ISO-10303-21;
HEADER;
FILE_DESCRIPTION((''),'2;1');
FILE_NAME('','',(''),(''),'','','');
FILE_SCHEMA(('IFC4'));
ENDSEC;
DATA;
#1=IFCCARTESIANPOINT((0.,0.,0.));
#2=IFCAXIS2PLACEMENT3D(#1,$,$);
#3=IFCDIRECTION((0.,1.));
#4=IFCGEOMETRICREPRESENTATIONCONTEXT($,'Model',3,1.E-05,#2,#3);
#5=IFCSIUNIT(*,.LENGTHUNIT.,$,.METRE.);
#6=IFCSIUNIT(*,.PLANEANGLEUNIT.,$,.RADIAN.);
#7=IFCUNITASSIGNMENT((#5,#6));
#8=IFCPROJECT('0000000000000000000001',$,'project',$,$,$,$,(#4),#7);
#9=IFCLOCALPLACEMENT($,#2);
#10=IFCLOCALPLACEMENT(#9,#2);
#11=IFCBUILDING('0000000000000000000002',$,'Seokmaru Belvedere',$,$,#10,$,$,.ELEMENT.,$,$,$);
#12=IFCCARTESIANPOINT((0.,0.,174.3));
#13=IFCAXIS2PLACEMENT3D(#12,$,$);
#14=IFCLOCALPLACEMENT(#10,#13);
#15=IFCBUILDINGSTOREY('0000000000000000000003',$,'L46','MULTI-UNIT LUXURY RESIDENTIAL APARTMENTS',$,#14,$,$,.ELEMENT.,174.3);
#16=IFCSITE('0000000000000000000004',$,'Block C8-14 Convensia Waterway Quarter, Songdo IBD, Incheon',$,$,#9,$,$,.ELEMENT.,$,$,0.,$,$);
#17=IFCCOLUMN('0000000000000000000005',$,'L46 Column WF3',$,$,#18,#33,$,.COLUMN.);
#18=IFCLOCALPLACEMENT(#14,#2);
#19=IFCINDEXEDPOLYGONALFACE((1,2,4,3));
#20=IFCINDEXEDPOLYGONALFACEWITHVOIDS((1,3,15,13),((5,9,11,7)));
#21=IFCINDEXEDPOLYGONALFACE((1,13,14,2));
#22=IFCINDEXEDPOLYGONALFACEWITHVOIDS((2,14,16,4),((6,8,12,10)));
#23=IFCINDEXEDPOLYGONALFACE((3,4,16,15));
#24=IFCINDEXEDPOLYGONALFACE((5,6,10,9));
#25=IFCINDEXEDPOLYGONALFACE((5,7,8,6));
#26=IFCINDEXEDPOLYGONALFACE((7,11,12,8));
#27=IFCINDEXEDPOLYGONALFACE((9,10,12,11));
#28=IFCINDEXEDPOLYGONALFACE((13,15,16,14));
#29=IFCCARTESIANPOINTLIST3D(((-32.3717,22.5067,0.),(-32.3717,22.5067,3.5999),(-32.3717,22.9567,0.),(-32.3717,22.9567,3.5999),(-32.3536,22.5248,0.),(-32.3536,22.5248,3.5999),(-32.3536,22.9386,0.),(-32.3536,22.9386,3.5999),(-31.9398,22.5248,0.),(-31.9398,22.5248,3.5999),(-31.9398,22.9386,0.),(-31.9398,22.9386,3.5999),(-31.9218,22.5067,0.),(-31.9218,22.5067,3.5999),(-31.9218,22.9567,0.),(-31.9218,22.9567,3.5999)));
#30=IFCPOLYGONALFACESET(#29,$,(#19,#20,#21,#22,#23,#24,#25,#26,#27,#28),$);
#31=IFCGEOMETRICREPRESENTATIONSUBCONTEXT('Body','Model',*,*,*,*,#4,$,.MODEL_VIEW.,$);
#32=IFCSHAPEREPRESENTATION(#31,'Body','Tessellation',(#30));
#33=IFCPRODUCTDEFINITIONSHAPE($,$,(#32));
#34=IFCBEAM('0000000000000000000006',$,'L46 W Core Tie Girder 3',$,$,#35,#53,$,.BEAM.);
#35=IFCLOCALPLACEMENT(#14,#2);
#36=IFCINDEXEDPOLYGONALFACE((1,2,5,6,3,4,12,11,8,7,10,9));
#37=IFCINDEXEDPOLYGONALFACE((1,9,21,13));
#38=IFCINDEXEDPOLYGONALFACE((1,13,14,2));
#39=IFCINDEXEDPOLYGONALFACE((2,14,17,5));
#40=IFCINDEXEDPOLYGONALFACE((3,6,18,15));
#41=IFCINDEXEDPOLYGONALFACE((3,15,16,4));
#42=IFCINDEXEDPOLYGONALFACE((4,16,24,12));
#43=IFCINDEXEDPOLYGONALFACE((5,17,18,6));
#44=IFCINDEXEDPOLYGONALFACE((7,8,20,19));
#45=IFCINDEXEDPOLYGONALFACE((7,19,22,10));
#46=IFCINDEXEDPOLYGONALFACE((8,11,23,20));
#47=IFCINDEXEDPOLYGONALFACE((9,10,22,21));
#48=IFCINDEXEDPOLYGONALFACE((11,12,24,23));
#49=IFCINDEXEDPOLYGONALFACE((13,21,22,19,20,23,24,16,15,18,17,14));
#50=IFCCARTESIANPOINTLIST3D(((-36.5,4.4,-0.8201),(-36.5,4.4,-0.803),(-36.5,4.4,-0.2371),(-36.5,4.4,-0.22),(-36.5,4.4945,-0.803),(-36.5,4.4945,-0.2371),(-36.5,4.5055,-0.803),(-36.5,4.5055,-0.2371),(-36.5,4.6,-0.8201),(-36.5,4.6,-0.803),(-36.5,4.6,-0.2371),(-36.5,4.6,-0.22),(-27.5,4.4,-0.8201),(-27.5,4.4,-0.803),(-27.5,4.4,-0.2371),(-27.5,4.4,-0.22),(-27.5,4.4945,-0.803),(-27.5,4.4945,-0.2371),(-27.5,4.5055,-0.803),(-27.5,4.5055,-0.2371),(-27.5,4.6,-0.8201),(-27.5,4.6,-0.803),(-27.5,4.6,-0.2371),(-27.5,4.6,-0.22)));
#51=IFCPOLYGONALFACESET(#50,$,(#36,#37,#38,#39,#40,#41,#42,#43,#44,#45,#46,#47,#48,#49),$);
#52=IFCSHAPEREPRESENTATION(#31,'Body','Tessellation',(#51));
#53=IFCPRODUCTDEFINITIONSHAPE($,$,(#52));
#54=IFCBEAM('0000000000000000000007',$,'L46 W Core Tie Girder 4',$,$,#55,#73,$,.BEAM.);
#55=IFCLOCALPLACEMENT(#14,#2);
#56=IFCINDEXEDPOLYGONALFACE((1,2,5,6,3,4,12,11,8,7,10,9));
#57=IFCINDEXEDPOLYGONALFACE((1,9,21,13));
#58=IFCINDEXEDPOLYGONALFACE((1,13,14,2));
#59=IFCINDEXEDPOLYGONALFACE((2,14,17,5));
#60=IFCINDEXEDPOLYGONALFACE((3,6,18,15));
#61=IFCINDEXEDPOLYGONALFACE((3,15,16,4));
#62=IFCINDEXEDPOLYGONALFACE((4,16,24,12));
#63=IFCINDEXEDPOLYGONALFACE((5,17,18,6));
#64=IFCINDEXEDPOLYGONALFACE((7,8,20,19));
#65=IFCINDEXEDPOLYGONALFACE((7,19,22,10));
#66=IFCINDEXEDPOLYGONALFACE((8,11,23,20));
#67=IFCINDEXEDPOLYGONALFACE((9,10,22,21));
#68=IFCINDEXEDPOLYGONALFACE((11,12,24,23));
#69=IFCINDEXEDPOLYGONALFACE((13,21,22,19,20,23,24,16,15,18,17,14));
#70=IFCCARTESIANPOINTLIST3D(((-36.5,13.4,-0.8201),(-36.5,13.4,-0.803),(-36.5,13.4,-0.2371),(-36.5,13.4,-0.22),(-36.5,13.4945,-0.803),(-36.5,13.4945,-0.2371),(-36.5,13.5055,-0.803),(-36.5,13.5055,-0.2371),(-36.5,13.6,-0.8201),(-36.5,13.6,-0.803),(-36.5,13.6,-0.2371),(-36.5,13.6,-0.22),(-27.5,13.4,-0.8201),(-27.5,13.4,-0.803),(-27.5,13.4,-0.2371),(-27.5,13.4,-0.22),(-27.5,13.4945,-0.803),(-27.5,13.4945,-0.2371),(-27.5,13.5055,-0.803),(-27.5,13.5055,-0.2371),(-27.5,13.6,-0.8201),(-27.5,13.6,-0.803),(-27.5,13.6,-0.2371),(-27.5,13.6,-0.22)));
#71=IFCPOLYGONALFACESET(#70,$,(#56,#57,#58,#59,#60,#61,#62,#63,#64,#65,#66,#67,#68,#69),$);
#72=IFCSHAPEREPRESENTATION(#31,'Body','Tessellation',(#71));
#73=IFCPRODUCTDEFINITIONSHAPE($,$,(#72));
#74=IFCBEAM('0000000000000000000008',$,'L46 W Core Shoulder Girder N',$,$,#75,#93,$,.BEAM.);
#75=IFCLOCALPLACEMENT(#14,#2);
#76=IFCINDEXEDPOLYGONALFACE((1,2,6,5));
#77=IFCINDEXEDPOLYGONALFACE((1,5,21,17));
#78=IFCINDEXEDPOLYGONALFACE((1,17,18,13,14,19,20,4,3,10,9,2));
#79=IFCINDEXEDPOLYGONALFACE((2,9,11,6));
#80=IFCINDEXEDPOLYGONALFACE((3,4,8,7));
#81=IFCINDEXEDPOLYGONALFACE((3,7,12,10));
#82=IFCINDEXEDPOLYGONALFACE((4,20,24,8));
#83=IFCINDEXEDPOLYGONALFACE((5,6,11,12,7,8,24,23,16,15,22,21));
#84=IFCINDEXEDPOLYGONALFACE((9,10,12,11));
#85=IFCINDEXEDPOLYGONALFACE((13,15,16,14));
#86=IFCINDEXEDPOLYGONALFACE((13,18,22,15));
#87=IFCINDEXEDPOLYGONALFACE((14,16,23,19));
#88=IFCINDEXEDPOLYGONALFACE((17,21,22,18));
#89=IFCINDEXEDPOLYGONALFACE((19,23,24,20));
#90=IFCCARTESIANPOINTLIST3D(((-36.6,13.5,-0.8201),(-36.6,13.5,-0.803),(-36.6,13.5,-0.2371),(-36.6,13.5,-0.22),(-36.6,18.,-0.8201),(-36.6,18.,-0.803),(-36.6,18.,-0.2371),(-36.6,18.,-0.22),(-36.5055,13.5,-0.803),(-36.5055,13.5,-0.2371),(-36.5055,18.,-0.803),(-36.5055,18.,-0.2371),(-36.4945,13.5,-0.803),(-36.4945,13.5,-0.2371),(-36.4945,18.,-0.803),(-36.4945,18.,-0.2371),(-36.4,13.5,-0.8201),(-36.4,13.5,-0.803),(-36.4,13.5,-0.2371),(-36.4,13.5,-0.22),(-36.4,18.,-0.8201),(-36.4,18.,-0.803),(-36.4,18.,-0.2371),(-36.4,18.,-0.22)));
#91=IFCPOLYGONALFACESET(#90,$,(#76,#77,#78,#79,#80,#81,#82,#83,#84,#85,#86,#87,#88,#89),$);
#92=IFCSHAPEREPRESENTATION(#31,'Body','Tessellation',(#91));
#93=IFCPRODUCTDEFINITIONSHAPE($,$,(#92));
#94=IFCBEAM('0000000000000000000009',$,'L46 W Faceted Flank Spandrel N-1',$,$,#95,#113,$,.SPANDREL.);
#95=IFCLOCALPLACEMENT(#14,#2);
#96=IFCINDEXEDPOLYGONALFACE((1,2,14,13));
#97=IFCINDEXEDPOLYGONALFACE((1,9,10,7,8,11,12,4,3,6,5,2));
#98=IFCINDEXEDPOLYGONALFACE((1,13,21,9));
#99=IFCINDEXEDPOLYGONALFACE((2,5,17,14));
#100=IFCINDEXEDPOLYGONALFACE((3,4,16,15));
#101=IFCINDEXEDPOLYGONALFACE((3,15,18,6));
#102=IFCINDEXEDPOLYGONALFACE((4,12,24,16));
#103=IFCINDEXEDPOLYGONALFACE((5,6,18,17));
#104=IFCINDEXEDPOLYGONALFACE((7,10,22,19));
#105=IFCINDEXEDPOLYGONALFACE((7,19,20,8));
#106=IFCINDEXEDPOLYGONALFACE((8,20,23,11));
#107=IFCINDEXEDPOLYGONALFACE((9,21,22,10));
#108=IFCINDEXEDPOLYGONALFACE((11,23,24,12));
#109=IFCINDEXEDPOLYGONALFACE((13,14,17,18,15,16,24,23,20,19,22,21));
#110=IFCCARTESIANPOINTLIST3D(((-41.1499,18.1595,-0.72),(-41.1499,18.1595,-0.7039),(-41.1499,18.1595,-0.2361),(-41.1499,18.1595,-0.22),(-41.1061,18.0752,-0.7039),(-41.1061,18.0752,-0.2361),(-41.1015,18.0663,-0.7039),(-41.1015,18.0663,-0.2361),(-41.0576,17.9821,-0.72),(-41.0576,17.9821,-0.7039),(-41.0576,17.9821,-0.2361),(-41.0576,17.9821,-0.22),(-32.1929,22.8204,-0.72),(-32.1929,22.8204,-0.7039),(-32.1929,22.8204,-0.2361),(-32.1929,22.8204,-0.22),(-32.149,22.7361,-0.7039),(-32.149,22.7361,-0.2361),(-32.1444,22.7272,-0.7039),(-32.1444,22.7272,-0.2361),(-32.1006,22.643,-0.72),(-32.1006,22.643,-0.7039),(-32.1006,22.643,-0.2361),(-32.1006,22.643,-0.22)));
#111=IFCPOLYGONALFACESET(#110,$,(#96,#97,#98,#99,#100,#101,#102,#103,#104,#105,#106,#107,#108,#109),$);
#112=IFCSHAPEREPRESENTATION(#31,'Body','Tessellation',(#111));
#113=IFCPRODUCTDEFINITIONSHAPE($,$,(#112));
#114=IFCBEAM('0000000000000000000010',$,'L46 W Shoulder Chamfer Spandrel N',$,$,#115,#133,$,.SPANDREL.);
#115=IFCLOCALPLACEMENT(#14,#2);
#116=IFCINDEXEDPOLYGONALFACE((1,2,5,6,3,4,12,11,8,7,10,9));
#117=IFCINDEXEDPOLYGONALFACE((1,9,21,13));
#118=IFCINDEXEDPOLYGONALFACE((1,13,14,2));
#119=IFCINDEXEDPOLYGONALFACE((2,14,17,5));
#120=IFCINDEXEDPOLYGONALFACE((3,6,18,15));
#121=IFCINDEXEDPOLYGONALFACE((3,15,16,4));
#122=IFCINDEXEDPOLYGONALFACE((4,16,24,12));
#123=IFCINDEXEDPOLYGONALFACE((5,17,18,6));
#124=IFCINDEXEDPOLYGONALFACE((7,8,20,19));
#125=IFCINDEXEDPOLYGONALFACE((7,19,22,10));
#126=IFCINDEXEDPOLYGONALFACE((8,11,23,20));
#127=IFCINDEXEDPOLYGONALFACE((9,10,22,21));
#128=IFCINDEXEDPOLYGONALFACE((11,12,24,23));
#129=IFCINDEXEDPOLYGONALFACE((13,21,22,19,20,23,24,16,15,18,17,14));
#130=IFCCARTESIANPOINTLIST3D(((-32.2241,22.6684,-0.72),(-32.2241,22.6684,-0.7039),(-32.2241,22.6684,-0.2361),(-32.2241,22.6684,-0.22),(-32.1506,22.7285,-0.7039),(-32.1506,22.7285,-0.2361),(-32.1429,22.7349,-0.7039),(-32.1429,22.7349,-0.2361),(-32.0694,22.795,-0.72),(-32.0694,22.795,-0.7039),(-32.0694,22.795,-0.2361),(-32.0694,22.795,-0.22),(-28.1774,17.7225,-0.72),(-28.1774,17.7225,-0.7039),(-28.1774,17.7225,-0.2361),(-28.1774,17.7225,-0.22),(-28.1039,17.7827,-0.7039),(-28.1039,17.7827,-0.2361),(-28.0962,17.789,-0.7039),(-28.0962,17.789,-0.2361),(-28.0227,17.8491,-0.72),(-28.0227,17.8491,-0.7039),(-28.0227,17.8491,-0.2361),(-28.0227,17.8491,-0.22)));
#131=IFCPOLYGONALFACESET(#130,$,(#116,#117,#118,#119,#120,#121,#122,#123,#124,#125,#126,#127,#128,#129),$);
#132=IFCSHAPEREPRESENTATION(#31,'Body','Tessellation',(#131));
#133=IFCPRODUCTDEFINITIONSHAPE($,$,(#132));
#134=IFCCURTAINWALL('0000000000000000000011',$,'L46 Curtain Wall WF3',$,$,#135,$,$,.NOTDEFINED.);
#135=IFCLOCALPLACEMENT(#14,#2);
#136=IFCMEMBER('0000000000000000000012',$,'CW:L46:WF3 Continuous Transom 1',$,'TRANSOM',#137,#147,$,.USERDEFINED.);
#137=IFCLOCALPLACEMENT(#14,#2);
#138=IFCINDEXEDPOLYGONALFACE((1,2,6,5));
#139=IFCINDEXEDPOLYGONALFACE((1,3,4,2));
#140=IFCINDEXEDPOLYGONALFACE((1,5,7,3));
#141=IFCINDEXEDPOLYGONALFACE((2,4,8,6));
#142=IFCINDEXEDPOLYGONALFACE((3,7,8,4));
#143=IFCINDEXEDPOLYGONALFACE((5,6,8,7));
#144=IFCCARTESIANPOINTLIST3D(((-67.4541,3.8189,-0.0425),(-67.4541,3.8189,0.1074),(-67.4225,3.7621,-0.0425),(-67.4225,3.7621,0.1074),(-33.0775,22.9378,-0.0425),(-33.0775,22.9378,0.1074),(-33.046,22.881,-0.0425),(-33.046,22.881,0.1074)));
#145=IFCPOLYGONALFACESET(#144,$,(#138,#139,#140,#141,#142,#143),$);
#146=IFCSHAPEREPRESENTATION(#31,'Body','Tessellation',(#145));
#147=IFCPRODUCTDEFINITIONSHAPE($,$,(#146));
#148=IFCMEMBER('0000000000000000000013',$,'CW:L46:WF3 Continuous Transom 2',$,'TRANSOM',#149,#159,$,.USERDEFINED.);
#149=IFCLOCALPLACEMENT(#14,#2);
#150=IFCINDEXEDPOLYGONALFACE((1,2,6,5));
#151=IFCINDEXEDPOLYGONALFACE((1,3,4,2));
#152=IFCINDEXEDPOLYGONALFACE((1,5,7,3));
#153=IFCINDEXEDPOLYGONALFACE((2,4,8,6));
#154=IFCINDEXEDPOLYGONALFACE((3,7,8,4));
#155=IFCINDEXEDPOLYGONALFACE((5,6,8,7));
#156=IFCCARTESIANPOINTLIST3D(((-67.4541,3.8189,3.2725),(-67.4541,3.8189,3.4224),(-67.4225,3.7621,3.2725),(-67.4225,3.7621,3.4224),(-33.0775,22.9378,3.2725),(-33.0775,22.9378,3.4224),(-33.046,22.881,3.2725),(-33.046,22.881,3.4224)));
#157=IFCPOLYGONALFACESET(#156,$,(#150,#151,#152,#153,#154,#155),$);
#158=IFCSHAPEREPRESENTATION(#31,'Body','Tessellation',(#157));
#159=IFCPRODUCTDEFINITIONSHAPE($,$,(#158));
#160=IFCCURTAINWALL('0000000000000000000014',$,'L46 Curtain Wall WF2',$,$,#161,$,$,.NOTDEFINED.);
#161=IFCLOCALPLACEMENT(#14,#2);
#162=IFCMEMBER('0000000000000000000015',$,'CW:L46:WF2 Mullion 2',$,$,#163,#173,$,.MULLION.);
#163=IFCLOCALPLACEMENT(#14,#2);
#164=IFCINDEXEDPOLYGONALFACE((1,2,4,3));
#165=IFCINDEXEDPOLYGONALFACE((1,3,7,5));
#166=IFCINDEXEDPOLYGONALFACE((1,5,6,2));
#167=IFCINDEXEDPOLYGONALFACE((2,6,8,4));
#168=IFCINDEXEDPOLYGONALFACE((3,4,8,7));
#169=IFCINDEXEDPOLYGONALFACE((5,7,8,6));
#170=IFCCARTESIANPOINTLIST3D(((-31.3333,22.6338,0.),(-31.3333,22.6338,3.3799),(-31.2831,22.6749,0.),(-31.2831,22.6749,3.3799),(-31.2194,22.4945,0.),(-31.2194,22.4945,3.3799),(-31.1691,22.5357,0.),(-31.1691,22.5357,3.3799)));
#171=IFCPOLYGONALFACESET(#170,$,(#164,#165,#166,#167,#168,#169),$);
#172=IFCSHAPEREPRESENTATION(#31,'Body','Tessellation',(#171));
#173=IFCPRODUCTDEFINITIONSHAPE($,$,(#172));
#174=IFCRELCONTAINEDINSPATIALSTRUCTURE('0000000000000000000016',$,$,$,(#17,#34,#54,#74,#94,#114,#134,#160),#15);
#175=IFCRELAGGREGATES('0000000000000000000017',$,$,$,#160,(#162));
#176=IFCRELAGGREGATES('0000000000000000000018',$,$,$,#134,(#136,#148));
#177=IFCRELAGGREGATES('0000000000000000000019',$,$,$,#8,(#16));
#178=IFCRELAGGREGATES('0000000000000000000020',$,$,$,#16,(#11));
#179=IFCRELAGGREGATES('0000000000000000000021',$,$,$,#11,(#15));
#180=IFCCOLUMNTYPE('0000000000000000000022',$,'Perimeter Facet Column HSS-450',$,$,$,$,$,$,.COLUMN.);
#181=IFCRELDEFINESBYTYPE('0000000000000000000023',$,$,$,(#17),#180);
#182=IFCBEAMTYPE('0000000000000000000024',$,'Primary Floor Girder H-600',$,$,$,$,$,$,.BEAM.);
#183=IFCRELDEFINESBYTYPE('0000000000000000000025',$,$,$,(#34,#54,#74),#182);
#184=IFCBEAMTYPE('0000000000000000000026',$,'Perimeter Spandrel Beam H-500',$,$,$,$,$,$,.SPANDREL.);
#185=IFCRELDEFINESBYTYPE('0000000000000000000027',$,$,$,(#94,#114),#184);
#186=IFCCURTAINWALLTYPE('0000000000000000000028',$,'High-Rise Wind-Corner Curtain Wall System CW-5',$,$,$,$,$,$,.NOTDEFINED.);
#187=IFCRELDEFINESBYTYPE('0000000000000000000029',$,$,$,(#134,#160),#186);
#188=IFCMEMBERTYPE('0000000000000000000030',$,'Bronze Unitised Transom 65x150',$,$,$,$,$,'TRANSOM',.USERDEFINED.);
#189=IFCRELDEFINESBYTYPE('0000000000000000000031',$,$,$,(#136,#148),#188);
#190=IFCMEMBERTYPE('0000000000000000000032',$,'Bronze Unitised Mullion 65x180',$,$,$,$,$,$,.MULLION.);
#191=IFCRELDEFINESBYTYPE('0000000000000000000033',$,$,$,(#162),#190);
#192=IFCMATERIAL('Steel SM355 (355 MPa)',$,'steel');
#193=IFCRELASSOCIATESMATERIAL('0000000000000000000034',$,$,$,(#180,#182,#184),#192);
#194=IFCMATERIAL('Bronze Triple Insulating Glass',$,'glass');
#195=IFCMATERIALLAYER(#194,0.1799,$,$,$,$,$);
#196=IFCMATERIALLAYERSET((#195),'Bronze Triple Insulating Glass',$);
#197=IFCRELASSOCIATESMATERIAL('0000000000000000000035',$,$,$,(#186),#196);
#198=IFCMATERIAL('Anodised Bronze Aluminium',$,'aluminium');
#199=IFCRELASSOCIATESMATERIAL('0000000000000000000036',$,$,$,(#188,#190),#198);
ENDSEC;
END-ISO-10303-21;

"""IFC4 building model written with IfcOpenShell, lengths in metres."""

from ifc_helpers import new_model, si_unit, direction, frame, origin, origin_2d, place, context, subcontext, project, spatial, rectangle, hollow_rectangle, i_section, extrude, source, transform, mapped, material, layer, layer_set, material_profile, profile_set, type_object, type_shapes, element, aggregate, save


model = new_model("IFC4")

# Units and contexts
model_context = context("Model", 3, precision=1e-05, world=origin(), true_north=direction((0.0, 1.0)))
body_context = subcontext(model_context, "Body", "Model", "MODEL_VIEW")
ifc_project = project(units=[si_unit("LENGTHUNIT", "METRE"), si_unit("PLANEANGLEUNIT", "RADIAN")], contexts=[model_context])

# Site, building, storey
site_placement = place(None, origin())
site = spatial("IfcSite", under=ifc_project, at=site_placement, Name="Block C8-14 Convensia Waterway Quarter, Songdo IBD, Incheon", CompositionType="ELEMENT", RefElevation=0.0)
building_placement = place(site_placement, origin())
building = spatial("IfcBuilding", under=site, at=building_placement, Name="Seokmaru Belvedere", CompositionType="ELEMENT")
storey_placement = place(building_placement, frame((0.0, 0.0, 174.3)))
storey = spatial("IfcBuildingStorey", under=building, at=storey_placement, Name="L46", Description="MULTI-UNIT LUXURY RESIDENTIAL APARTMENTS", CompositionType="ELEMENT", Elevation=174.3)

# Column
ifc_material_1 = material(Name="Steel SM355 (355 MPa)", Category="steel")
ifc_material_profile_1 = material_profile(ifc_material_1, hollow_rectangle(XDim=0.45, YDim=0.45, WallThickness=0.0181, at=origin_2d()), Name="HSS-450x450x18")
ifc_profile_set_1 = profile_set([ifc_material_profile_1], Name="Steel SM355 (355 MPa)")
column_type = type_object("IfcColumnType", Name="Perimeter Facet Column HSS-450", PredefinedType="COLUMN", material=ifc_profile_set_1)
shared_shape_1 = source(origin(), body_context, "Body", "SweptSolid", [
    extrude(hollow_rectangle(XDim=0.45, YDim=0.45, WallThickness=0.0181, at=origin_2d()), origin(), (0.0, 0.0, 1.0), 3.5999),
])
type_shapes(column_type, [shared_shape_1])
column_placement = place(storey_placement, frame((-32.1467, 22.7317, 0.0), z_axis=(0.0, 0.0, 1.0), x_axis=(1.0, 0.0, 0.0)))
element("IfcColumn", 1, at=column_placement, inside=storey, type_object=column_type, Name="L46 Column WF3", PredefinedType="COLUMN", context=body_context, shape_type="MappedRepresentation", body=[
    mapped(shared_shape_1, transform((0.0, 0.0, 0.0), scale=1.0)),
])

# Beams
ifc_material_profile_2 = material_profile(ifc_material_1, i_section(OverallWidth=0.2, OverallDepth=0.6001, WebThickness=0.011, FlangeThickness=0.0171, at=origin_2d()), Name="H-600x200x11x17")
ifc_profile_set_2 = profile_set([ifc_material_profile_2], Name="Steel SM355 (355 MPa)")
beam_type_1 = type_object("IfcBeamType", Name="Primary Floor Girder H-600", PredefinedType="BEAM", material=ifc_profile_set_2)
shared_shape_2 = source(origin(), body_context, "Body", "SweptSolid", [
    extrude(i_section(OverallWidth=0.2, OverallDepth=0.6001, WebThickness=0.011, FlangeThickness=0.0171, at=origin_2d()), origin(), (0.0, 0.0, 1.0), 9.0),
])
for number, where, z_axis, x_axis, name in (
    (2, (-36.5, 4.5, -0.52), (1.0, 0.0, 0.0), (0.0, 1.0, 0.0), "L46 W Core Tie Girder 3"),
    (3, (-36.5, 13.5, -0.52), (1.0, 0.0, 0.0), (0.0, 1.0, 0.0), "L46 W Core Tie Girder 4"),
):
    element("IfcBeam", number, at=place(storey_placement, frame(where, z_axis=z_axis, x_axis=x_axis)), inside=storey, type_object=beam_type_1, Name=name, PredefinedType="BEAM", context=body_context, shape_type="MappedRepresentation", body=[
        mapped(shared_shape_2, transform((0.0, 0.0, 0.0), scale=1.0)),
    ])
shared_shape_3 = source(origin(), body_context, "Body", "SweptSolid", [
    extrude(i_section(OverallWidth=0.2, OverallDepth=0.6001, WebThickness=0.011, FlangeThickness=0.0171, at=origin_2d()), origin(), (0.0, 0.0, 1.0), 4.5),
])
type_shapes(beam_type_1, [shared_shape_2, shared_shape_3])
beam_1_placement = place(storey_placement, frame((-36.5, 13.5, -0.52), z_axis=(0.0, 1.0, 0.0), x_axis=(-1.0, 0.0, 0.0)))
element("IfcBeam", 4, at=beam_1_placement, inside=storey, type_object=beam_type_1, Name="L46 W Core Shoulder Girder N", PredefinedType="BEAM", context=body_context, shape_type="MappedRepresentation", body=[
    mapped(shared_shape_3, transform((0.0, 0.0, 0.0), scale=1.0)),
])
ifc_material_profile_3 = material_profile(ifc_material_1, i_section(OverallWidth=0.2, OverallDepth=0.5, WebThickness=0.01, FlangeThickness=0.0161, at=origin_2d()), Name="H-500x200x10x16")
ifc_profile_set_3 = profile_set([ifc_material_profile_3], Name="Steel SM355 (355 MPa)")
beam_type_2 = type_object("IfcBeamType", Name="Perimeter Spandrel Beam H-500", PredefinedType="SPANDREL", material=ifc_profile_set_3)
shared_shape_4 = source(origin(), body_context, "Body", "SweptSolid", [
    extrude(i_section(OverallWidth=0.2, OverallDepth=0.5, WebThickness=0.01, FlangeThickness=0.0161, at=origin_2d()), origin(), (0.0, 0.0, 1.0), 10.0972),
])
beam_2_placement = place(storey_placement, frame((-32.1467, 22.7317, -0.47), z_axis=(-0.887086, -0.461605, 0.0), x_axis=(0.461605, -0.887086, 0.0)))
element("IfcBeam", 5, at=beam_2_placement, inside=storey, type_object=beam_type_2, Name="L46 W Faceted Flank Spandrel N-1", PredefinedType="SPANDREL", context=body_context, shape_type="MappedRepresentation", body=[
    mapped(shared_shape_4, transform((0.0, 0.0, 0.0), scale=1.0)),
])
shared_shape_5 = source(origin(), body_context, "Body", "SweptSolid", [
    extrude(i_section(OverallWidth=0.2, OverallDepth=0.5, WebThickness=0.01, FlangeThickness=0.0161, at=origin_2d()), origin(), (0.0, 0.0, 1.0), 6.3904),
])
type_shapes(beam_type_2, [shared_shape_4, shared_shape_5])
beam_3_placement = place(storey_placement, frame((-32.1467, 22.7317, -0.47), z_axis=(0.633244, -0.773952, 0.0), x_axis=(0.773952, 0.633244, 0.0)))
element("IfcBeam", 6, at=beam_3_placement, inside=storey, type_object=beam_type_2, Name="L46 W Shoulder Chamfer Spandrel N", PredefinedType="SPANDREL", context=body_context, shape_type="MappedRepresentation", body=[
    mapped(shared_shape_5, transform((0.0, 0.0, 0.0), scale=1.0)),
])

# Curtain wall, members
ifc_material_2 = material(Name="Bronze Triple Insulating Glass", Category="glass")
ifc_layer_1 = layer(ifc_material_2, 0.1799)
ifc_layer_set_1 = layer_set([ifc_layer_1], Name="Bronze Triple Insulating Glass")
curtain_wall_type = type_object("IfcCurtainWallType", Name="High-Rise Wind-Corner Curtain Wall System CW-5", PredefinedType="NOTDEFINED", material=ifc_layer_set_1)
curtain_wall_1_placement = place(storey_placement, origin())
curtain_wall_1 = element("IfcCurtainWall", 7, at=curtain_wall_1_placement, inside=storey, type_object=curtain_wall_type, Name="L46 Curtain Wall WF3", PredefinedType="NOTDEFINED")
ifc_material_3 = material(Name="Anodised Bronze Aluminium", Category="aluminium")
ifc_material_profile_4 = material_profile(ifc_material_3, rectangle(XDim=0.0649, YDim=0.1499, at=origin_2d()), Name="CW-T-65x150")
ifc_profile_set_4 = profile_set([ifc_material_profile_4], Name="Anodised Bronze Aluminium")
member_type_1 = type_object("IfcMemberType", Name="Bronze Unitised Transom 65x150", ElementType="TRANSOM", PredefinedType="USERDEFINED", material=ifc_profile_set_4)
shared_shape_6 = source(origin(), body_context, "Body", "SweptSolid", [
    extrude(rectangle(XDim=0.0649, YDim=0.1499, at=origin_2d()), origin(), (0.0, 0.0, 1.0), 39.3354),
])
type_shapes(member_type_1, [shared_shape_6])
member_1_placement = place(storey_placement, frame((-33.0618, 22.9094, 0.0325), z_axis=(-0.873932, -0.486048, 0.0), x_axis=(0.486048, -0.873932, 0.0)))
member_1 = element("IfcMember", 8, at=member_1_placement, type_object=member_type_1, Name="CW:L46:WF3 Continuous Transom 1", ObjectType="TRANSOM", PredefinedType="USERDEFINED", context=body_context, shape_type="MappedRepresentation", body=[
    mapped(shared_shape_6, transform((0.0, 0.0, 0.0), scale=1.0)),
])
member_2_placement = place(storey_placement, frame((-33.0618, 22.9094, 3.3474), z_axis=(-0.873932, -0.486048, 0.0), x_axis=(0.486048, -0.873932, 0.0)))
member_2 = element("IfcMember", 9, at=member_2_placement, type_object=member_type_1, Name="CW:L46:WF3 Continuous Transom 2", ObjectType="TRANSOM", PredefinedType="USERDEFINED", context=body_context, shape_type="MappedRepresentation", body=[
    mapped(shared_shape_6, transform((0.0, 0.0, 0.0), scale=1.0)),
])

# Curtain wall, member
curtain_wall_2_placement = place(storey_placement, origin())
curtain_wall_2 = element("IfcCurtainWall", 10, at=curtain_wall_2_placement, inside=storey, type_object=curtain_wall_type, Name="L46 Curtain Wall WF2", PredefinedType="NOTDEFINED")
ifc_material_profile_5 = material_profile(ifc_material_3, rectangle(XDim=0.0649, YDim=0.1799, at=origin_2d()), Name="CW-M-65x180")
ifc_profile_set_5 = profile_set([ifc_material_profile_5], Name="Anodised Bronze Aluminium")
member_type_2 = type_object("IfcMemberType", Name="Bronze Unitised Mullion 65x180", PredefinedType="MULLION", material=ifc_profile_set_5)
shared_shape_7 = source(origin(), body_context, "Body", "SweptSolid", [
    extrude(rectangle(XDim=0.0649, YDim=0.1799, at=origin_2d()), origin(), (0.0, 0.0, 1.0), 3.3799),
])
type_shapes(member_type_2, [shared_shape_7])
member_3_placement = place(storey_placement, frame((-31.2512, 22.5847, 0.0), z_axis=(0.0, 0.0, 1.0), x_axis=(-0.773944, -0.633254, 0.0)))
member_3 = element("IfcMember", 11, at=member_3_placement, type_object=member_type_2, Name="CW:L46:WF2 Mullion 2", PredefinedType="MULLION", context=body_context, shape_type="MappedRepresentation", body=[
    mapped(shared_shape_7, transform((0.0, 0.0, 0.0), scale=1.0)),
])
aggregate(curtain_wall_2, [member_3])

aggregate(curtain_wall_1, [member_1, member_2])

save(model, "model.ifc")
